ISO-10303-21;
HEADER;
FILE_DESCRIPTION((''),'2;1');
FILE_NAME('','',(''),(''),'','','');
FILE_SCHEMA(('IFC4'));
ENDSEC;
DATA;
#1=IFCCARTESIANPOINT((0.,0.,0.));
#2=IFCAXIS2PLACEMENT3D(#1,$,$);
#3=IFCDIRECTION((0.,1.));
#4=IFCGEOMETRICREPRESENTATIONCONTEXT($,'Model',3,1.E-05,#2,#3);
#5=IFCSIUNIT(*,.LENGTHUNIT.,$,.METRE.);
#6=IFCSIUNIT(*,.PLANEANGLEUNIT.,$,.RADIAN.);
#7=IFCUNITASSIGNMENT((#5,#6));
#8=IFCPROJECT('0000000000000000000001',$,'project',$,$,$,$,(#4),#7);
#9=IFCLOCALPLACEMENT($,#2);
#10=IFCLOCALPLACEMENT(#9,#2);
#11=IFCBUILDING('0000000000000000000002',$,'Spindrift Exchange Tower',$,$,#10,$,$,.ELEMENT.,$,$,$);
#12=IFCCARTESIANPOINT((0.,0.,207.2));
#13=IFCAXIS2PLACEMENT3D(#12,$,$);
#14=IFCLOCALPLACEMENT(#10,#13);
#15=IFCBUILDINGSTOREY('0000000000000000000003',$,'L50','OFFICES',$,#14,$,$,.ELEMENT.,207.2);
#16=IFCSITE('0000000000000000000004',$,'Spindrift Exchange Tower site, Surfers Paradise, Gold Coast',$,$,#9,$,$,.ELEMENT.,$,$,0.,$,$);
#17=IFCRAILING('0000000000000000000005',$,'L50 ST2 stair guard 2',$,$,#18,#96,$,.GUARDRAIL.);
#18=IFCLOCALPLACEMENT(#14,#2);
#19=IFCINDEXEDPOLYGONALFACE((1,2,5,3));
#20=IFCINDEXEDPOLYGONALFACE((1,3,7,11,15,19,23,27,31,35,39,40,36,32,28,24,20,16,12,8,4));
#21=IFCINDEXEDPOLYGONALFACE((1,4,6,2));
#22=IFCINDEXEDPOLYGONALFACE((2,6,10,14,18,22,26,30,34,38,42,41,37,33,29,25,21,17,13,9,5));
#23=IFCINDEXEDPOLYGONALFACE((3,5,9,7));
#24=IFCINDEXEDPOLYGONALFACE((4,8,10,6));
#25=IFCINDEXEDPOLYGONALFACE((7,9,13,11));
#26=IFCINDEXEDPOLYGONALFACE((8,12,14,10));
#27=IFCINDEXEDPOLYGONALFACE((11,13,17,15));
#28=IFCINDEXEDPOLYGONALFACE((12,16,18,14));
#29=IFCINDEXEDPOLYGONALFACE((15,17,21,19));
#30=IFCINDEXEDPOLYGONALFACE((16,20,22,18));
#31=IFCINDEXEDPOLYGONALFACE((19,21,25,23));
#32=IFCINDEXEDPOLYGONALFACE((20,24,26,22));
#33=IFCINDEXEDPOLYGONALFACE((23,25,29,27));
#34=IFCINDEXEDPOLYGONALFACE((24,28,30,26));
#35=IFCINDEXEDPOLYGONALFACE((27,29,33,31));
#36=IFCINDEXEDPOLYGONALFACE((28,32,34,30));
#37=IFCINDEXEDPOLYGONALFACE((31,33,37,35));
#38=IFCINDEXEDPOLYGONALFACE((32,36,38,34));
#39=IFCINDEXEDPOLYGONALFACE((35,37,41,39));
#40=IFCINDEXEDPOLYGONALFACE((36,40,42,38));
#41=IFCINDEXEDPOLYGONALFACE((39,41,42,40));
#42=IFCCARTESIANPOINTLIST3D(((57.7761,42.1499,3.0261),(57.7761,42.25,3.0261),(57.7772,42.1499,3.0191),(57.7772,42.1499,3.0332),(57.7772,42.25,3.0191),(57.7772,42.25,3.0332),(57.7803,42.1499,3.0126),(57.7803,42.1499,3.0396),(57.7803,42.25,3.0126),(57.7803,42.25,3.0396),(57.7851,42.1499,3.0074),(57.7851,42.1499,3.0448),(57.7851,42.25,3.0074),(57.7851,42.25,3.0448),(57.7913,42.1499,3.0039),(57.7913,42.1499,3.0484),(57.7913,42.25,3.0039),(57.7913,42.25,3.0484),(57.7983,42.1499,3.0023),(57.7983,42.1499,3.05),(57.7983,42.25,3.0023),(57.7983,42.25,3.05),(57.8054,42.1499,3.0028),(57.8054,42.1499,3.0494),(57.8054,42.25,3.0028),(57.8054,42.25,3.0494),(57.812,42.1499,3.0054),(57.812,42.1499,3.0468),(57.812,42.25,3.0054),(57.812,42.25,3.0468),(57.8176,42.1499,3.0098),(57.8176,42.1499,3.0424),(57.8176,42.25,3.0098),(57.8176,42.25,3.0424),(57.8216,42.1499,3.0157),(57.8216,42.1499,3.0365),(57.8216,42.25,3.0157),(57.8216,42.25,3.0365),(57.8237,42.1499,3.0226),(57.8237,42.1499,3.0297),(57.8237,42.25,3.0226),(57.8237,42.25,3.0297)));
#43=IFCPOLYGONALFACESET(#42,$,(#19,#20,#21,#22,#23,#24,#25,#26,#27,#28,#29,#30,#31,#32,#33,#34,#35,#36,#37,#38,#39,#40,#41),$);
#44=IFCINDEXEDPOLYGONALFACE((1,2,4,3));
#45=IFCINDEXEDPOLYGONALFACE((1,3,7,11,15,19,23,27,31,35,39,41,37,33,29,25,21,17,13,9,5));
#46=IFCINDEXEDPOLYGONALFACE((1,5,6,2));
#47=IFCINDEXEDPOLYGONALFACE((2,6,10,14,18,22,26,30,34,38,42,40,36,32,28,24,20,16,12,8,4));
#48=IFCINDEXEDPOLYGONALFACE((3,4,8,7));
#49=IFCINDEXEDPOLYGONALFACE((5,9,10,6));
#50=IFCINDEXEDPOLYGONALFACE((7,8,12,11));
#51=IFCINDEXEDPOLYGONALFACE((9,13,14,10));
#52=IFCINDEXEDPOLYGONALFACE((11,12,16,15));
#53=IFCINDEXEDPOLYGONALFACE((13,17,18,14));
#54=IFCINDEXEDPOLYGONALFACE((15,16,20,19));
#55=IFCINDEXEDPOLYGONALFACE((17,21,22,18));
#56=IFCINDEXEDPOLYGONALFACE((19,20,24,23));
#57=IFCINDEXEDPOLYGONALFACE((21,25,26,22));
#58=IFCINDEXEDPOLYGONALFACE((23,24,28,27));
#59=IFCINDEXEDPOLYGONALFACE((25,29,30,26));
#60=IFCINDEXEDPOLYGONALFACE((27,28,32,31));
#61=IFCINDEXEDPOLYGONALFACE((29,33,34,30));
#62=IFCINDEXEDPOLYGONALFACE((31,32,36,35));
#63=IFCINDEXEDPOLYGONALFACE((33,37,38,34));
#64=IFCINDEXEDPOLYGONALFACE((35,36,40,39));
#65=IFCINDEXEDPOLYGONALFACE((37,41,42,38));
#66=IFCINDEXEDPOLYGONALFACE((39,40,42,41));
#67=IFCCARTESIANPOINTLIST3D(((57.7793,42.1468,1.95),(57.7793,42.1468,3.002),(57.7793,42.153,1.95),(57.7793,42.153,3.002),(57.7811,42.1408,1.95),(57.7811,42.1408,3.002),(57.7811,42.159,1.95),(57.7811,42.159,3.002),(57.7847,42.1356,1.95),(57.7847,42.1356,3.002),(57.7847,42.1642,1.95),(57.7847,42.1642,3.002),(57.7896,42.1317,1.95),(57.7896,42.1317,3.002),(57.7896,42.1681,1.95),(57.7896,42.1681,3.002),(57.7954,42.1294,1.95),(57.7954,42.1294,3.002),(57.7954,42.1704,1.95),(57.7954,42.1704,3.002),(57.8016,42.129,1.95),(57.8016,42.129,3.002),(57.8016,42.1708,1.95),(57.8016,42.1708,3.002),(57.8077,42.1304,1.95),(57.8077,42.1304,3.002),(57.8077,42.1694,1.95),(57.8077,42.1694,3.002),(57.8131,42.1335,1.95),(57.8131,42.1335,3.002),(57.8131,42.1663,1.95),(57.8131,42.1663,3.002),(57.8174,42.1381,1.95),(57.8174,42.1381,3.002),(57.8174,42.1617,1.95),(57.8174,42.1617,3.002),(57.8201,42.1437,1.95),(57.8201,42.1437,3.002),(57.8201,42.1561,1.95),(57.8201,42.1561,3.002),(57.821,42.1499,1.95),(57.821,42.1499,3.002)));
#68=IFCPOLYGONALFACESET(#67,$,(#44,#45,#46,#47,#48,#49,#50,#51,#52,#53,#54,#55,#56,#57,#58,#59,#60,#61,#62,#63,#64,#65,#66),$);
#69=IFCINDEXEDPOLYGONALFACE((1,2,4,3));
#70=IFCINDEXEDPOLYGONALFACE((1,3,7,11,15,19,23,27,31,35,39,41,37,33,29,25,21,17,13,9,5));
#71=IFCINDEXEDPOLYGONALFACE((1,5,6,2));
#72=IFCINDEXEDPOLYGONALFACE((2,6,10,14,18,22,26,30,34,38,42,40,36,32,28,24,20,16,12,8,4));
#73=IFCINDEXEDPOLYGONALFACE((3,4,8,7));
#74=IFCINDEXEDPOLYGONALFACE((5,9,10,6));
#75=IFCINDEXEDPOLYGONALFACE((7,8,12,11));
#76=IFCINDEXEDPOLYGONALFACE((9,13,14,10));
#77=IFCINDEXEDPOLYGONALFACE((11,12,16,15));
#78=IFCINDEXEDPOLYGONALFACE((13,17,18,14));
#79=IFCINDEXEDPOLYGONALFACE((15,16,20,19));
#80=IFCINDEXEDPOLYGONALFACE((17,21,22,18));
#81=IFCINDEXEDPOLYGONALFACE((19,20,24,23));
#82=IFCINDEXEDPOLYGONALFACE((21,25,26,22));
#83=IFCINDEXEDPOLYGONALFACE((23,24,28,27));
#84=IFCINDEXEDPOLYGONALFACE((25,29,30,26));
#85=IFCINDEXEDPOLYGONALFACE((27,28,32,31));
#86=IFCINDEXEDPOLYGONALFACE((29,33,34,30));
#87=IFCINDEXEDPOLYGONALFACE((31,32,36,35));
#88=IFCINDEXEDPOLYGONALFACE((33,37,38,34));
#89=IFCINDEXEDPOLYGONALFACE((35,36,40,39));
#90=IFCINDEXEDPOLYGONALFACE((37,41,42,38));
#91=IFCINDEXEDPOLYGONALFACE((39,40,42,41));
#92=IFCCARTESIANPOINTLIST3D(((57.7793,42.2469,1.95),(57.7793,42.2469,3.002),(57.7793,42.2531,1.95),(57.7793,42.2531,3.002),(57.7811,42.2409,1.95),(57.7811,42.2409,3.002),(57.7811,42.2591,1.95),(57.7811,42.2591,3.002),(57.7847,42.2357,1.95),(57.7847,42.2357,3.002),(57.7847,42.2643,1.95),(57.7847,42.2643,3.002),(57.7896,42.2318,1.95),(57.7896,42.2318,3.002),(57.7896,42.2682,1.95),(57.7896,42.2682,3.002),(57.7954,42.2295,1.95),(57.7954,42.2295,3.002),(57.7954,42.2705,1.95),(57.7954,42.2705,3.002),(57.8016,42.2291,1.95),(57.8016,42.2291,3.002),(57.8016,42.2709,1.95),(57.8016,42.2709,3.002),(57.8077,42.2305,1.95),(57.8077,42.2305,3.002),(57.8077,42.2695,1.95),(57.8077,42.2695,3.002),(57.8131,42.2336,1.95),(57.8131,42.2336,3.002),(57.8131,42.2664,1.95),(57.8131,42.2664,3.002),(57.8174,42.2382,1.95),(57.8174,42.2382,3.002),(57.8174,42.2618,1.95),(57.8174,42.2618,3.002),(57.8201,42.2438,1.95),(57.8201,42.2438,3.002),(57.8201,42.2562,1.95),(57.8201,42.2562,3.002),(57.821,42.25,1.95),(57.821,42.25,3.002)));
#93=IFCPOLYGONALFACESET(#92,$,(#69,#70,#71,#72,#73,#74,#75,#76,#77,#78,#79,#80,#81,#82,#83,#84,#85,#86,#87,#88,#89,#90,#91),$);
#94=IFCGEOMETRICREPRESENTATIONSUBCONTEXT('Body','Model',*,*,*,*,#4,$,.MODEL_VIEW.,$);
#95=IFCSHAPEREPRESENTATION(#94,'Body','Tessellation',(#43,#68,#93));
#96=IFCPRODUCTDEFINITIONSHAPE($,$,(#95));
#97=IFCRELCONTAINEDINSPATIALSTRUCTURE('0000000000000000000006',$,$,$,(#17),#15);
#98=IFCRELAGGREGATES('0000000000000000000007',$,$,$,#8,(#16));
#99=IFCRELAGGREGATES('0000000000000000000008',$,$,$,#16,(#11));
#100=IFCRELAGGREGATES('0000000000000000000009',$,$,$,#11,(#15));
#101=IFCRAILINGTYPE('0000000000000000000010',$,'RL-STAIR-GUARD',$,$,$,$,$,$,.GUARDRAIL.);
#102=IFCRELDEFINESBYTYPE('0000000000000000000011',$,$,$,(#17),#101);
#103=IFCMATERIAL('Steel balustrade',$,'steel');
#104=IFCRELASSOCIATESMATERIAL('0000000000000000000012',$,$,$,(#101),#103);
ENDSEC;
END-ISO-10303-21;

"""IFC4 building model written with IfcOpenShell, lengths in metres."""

from ifc_helpers import new_model, si_unit, direction, frame, origin, origin_2d, place, context, subcontext, project, spatial, circle, extrude, material, type_object, element, save


model = new_model("IFC4")

# Units and contexts
model_context = context("Model", 3, precision=1e-05, world=origin(), true_north=direction((0.0, 1.0)))
body_context = subcontext(model_context, "Body", "Model", "MODEL_VIEW")
ifc_project = project(units=[si_unit("LENGTHUNIT", "METRE"), si_unit("PLANEANGLEUNIT", "RADIAN")], contexts=[model_context])

# Site, building, storey
site_placement = place(None, origin())
site = spatial("IfcSite", under=ifc_project, at=site_placement, Name="Spindrift Exchange Tower site, Surfers Paradise, Gold Coast", CompositionType="ELEMENT", RefElevation=0.0)
building_placement = place(site_placement, origin())
building = spatial("IfcBuilding", under=site, at=building_placement, Name="Spindrift Exchange Tower", CompositionType="ELEMENT")
storey_placement = place(building_placement, frame((0.0, 0.0, 207.2)))
storey = spatial("IfcBuildingStorey", under=building, at=storey_placement, Name="L50", Description="OFFICES", CompositionType="ELEMENT", Elevation=207.2)

# Railing
ifc_material_1 = material(Name="Steel balustrade", Category="steel")
railing_type_1 = type_object("IfcRailingType", Name="RL-STAIR-GUARD", PredefinedType="GUARDRAIL", material=ifc_material_1)
railing_1_placement = place(storey_placement, frame((57.8, 42.1499, 1.95)))
element("IfcRailing", 1, at=railing_1_placement, inside=storey, type_object=railing_type_1, Name="L50 ST2 stair guard 2", PredefinedType="GUARDRAIL", context=body_context, shape_type="SweptSolid", body=[
    extrude(circle(Radius=0.0239, at=origin_2d()), frame((0.0, 0.0, 1.0762), z_axis=(0.0, 1.0, 0.0), x_axis=(-1.0, 0.0, 0.0)), (0.0, 0.0, 1.0), 0.1001),
    extrude(circle(Radius=0.021, at=origin_2d()), origin(), (0.0, 0.0, 1.0), 1.052),
    extrude(circle(Radius=0.021, at=origin_2d()), frame((0.0, 0.1001, 0.0)), (0.0, 0.0, 1.0), 1.052),
])

save(model, "model.ifc")
